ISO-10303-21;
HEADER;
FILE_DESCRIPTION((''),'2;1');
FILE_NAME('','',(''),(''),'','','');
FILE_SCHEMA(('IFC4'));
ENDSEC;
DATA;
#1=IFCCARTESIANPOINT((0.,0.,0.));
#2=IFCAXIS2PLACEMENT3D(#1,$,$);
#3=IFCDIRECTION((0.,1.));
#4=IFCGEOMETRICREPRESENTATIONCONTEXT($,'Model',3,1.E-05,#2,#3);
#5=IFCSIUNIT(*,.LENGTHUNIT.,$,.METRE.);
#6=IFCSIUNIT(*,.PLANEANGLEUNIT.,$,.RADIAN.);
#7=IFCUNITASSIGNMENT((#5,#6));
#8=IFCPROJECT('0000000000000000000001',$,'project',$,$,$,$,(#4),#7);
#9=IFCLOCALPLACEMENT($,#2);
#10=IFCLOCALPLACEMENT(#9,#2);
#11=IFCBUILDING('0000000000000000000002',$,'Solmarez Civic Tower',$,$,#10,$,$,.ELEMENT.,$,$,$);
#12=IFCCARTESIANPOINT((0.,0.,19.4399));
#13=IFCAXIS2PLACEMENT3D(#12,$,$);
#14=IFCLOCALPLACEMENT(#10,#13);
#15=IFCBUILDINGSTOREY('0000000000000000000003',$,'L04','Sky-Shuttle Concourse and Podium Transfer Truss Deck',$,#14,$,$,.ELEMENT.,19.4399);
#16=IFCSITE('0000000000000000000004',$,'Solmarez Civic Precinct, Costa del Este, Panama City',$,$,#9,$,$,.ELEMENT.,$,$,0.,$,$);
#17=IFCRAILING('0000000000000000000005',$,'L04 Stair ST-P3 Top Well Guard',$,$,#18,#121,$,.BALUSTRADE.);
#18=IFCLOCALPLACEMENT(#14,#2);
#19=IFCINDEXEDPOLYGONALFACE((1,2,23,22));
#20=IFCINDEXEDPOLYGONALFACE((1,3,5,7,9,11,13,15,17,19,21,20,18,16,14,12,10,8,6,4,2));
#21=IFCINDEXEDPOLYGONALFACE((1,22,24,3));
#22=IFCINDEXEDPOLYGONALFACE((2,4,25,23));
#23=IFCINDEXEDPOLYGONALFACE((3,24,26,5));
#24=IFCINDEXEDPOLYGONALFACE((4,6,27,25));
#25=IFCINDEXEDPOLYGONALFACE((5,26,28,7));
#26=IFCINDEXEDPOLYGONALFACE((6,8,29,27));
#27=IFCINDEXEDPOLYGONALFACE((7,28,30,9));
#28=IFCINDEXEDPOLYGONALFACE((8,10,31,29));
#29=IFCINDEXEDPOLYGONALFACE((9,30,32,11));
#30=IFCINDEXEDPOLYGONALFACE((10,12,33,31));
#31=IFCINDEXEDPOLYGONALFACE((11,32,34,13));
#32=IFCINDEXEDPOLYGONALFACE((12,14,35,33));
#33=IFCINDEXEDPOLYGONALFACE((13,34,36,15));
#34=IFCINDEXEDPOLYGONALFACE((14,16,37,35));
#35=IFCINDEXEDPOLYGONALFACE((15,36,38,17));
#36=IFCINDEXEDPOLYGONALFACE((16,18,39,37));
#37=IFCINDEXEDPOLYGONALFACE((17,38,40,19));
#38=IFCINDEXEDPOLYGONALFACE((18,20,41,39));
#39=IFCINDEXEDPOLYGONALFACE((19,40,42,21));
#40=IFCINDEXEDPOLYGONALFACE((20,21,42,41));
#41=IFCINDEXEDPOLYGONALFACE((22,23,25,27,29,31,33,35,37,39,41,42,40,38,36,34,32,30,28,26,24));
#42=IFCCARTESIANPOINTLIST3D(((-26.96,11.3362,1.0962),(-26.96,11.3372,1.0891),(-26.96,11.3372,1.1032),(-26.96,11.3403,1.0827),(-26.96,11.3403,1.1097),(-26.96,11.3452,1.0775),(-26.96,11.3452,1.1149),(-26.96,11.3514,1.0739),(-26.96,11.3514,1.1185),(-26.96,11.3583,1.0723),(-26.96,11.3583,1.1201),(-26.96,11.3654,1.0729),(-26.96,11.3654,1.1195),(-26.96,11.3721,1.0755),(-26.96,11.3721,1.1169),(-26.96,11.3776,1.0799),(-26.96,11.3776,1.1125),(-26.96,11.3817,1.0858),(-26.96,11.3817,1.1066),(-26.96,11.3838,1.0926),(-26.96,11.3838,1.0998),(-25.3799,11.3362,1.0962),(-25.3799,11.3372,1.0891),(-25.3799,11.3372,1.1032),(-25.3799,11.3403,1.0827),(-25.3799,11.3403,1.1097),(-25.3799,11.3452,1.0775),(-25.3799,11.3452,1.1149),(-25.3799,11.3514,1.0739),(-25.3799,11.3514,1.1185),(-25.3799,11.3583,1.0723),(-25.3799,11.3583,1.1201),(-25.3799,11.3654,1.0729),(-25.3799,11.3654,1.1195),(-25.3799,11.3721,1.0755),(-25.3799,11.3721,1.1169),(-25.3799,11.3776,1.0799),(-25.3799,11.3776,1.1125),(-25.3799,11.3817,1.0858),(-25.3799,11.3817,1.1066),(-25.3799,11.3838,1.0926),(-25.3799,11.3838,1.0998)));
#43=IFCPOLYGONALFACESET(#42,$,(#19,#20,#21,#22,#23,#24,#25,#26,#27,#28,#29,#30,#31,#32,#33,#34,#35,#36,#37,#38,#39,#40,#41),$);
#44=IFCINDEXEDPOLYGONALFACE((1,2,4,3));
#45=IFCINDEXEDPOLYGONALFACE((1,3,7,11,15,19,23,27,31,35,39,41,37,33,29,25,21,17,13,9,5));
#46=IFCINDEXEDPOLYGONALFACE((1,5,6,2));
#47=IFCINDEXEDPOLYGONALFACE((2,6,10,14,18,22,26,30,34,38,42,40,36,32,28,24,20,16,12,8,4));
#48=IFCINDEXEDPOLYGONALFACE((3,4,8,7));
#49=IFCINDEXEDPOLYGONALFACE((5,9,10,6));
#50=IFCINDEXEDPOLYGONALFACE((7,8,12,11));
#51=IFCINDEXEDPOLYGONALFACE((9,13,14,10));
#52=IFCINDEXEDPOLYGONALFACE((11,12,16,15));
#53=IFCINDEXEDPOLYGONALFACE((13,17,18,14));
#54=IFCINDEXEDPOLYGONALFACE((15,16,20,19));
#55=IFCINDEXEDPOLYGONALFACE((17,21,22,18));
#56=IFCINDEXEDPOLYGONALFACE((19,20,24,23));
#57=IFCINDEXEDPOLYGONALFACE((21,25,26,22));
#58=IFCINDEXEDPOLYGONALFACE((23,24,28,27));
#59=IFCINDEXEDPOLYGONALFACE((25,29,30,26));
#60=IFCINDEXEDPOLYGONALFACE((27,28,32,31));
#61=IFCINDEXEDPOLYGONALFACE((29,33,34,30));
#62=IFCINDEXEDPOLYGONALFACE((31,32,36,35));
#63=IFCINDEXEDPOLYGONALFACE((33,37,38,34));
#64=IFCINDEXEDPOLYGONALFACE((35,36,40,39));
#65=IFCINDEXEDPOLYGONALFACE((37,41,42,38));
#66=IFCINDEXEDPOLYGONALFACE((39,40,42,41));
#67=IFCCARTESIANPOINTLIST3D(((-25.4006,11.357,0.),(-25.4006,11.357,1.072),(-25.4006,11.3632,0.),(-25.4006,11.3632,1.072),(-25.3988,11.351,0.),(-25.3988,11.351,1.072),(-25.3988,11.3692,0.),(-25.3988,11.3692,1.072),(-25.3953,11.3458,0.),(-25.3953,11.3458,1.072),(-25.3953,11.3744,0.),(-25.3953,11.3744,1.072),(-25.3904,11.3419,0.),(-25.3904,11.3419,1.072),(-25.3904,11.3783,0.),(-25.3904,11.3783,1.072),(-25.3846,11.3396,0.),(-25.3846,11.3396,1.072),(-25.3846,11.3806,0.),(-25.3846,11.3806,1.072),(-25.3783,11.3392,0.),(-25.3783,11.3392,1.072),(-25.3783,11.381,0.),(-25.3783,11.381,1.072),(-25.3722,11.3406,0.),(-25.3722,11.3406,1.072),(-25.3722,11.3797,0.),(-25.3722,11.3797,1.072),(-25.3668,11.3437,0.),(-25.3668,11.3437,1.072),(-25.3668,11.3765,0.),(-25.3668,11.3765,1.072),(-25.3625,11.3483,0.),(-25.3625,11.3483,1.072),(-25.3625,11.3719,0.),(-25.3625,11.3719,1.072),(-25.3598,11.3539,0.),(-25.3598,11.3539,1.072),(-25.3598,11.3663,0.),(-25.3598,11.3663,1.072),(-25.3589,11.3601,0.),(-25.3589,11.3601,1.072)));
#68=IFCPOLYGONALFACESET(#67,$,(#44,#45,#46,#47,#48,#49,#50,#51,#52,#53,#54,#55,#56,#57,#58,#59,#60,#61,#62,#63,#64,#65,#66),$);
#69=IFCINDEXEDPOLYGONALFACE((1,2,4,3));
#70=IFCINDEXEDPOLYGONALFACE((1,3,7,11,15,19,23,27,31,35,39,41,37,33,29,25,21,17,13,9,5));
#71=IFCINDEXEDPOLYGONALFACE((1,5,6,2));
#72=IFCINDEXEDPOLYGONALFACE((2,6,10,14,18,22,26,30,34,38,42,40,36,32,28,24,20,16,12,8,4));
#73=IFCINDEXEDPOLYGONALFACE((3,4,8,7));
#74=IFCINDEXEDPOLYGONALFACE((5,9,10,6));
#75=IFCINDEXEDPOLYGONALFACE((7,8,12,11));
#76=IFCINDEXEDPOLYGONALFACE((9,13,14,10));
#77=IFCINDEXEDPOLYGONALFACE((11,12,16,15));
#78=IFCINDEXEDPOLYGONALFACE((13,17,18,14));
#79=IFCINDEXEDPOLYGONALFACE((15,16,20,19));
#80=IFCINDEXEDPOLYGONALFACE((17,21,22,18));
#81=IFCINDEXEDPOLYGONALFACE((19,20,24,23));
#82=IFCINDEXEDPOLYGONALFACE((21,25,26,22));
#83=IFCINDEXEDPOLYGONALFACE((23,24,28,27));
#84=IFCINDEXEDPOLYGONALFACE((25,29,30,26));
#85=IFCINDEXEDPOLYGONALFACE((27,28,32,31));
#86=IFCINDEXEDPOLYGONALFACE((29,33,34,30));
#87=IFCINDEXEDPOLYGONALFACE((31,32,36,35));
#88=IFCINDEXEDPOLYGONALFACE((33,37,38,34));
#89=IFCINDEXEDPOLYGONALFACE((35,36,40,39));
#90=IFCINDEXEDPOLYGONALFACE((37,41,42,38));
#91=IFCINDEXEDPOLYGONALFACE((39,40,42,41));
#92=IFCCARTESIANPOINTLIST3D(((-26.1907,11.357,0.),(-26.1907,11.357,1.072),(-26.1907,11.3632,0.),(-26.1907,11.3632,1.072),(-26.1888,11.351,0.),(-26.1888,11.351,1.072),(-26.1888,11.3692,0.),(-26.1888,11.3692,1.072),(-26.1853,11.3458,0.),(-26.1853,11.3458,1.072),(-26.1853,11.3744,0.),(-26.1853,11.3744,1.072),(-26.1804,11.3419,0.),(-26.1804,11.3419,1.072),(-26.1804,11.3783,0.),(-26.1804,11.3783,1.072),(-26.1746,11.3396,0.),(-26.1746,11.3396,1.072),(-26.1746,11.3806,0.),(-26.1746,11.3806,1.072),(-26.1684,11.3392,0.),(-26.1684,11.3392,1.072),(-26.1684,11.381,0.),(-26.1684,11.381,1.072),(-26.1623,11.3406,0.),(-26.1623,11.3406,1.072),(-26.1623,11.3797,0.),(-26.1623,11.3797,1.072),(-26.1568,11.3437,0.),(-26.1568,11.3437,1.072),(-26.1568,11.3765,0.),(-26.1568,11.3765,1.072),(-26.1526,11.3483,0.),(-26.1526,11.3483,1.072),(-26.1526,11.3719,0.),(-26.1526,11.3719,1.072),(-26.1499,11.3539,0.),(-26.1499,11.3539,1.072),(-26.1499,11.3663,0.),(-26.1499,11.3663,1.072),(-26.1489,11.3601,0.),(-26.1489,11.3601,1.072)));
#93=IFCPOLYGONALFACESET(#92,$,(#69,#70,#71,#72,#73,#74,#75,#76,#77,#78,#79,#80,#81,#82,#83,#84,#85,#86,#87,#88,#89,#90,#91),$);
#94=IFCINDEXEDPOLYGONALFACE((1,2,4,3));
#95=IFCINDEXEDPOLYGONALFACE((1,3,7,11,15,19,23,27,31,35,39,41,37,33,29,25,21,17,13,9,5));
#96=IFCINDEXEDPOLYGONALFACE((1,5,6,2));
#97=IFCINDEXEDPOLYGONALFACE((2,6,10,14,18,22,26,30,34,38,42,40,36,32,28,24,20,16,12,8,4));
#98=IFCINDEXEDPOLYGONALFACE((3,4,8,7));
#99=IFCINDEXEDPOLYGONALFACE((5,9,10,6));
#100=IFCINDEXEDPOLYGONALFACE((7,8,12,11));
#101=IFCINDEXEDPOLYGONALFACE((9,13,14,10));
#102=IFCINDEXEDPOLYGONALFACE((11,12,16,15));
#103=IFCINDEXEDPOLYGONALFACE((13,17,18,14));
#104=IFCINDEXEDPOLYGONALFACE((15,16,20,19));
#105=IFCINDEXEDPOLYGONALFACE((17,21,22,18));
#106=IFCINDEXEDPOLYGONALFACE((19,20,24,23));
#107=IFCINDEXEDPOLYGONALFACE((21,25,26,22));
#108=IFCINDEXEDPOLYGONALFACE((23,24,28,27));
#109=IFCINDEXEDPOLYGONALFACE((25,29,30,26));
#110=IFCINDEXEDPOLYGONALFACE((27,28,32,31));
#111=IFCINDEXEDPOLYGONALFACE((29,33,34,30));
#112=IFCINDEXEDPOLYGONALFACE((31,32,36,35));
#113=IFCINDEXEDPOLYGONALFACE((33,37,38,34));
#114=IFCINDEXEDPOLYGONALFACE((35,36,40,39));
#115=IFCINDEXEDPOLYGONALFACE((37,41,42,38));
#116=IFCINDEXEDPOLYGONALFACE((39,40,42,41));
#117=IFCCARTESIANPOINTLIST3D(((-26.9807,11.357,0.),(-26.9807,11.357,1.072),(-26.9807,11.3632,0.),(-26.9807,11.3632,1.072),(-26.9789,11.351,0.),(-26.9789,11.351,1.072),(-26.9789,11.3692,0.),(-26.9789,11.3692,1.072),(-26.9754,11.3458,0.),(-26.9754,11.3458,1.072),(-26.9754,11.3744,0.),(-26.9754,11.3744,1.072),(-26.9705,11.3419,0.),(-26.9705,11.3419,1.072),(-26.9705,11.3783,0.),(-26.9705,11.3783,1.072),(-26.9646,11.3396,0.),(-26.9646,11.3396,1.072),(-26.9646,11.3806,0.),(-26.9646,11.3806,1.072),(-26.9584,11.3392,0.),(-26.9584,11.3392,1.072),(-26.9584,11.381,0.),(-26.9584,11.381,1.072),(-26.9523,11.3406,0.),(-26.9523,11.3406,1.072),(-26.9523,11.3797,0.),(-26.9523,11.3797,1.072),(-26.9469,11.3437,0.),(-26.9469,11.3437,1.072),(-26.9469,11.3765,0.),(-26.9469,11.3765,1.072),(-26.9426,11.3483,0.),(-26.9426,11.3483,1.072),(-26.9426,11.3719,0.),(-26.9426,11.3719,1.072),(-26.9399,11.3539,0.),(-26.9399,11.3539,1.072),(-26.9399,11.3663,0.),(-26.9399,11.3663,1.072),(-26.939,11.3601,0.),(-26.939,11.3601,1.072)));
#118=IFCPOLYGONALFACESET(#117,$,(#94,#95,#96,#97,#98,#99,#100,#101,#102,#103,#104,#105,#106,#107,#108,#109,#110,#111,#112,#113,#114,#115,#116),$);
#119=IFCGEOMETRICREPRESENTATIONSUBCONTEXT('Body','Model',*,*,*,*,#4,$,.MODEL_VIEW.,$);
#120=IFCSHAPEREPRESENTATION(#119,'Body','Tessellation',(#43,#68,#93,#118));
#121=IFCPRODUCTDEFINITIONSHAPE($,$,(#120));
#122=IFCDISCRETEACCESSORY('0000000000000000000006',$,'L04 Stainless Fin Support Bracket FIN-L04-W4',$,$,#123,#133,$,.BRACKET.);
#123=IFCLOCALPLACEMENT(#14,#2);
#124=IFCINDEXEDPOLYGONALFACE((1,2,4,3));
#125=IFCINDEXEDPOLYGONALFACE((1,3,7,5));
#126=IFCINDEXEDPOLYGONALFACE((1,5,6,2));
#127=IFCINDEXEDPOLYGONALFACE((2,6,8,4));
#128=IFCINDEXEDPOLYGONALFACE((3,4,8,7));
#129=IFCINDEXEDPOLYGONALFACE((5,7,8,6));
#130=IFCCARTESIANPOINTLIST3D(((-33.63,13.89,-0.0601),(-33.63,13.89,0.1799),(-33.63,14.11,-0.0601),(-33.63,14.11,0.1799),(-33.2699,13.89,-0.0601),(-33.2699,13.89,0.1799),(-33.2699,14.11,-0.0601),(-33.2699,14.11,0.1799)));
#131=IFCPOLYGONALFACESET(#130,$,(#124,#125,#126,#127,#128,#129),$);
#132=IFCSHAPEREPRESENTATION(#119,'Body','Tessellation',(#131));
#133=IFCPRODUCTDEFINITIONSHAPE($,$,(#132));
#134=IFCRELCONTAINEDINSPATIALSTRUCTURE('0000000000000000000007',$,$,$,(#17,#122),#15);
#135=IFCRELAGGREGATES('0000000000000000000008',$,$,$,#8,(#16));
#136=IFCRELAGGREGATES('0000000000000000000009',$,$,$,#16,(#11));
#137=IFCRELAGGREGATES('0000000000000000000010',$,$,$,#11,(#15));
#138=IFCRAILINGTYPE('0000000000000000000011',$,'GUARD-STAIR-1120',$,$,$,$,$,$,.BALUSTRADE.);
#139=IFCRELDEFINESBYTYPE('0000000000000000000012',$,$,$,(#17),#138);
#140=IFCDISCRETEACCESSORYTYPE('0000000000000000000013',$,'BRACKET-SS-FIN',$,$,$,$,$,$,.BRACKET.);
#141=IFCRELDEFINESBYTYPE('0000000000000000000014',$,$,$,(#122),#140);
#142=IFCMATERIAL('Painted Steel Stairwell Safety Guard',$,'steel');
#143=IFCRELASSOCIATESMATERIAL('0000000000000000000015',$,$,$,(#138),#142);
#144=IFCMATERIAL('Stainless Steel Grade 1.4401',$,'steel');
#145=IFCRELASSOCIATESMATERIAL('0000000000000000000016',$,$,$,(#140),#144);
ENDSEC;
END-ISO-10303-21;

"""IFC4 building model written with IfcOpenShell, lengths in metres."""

from ifc_helpers import new_model, si_unit, direction, frame, origin, origin_2d, place, context, subcontext, project, spatial, rectangle, circle, extrude, material, type_object, element, save


model = new_model("IFC4")

# Units and contexts
model_context = context("Model", 3, precision=1e-05, world=origin(), true_north=direction((0.0, 1.0)))
body_context = subcontext(model_context, "Body", "Model", "MODEL_VIEW")
ifc_project = project(units=[si_unit("LENGTHUNIT", "METRE"), si_unit("PLANEANGLEUNIT", "RADIAN")], contexts=[model_context])

# Site, building, storey
site_placement = place(None, origin())
site = spatial("IfcSite", under=ifc_project, at=site_placement, Name="Solmarez Civic Precinct, Costa del Este, Panama City", CompositionType="ELEMENT", RefElevation=0.0)
building_placement = place(site_placement, origin())
building = spatial("IfcBuilding", under=site, at=building_placement, Name="Solmarez Civic Tower", CompositionType="ELEMENT")
storey_placement = place(building_placement, frame((0.0, 0.0, 19.4399)))
storey = spatial("IfcBuildingStorey", under=building, at=storey_placement, Name="L04", Description="Sky-Shuttle Concourse and Podium Transfer Truss Deck", CompositionType="ELEMENT", Elevation=19.4399)

# Railing
ifc_material_1 = material(Name="Painted Steel Stairwell Safety Guard", Category="steel")
railing_type = type_object("IfcRailingType", Name="GUARD-STAIR-1120", PredefinedType="BALUSTRADE", material=ifc_material_1)
railing_1_placement = place(storey_placement, frame((-25.3799, 11.3601, 0.0)))
element("IfcRailing", 1, at=railing_1_placement, inside=storey, type_object=railing_type, Name="L04 Stair ST-P3 Top Well Guard", PredefinedType="BALUSTRADE", context=body_context, shape_type="SweptSolid", body=[
    extrude(circle(Radius=0.0239, at=origin_2d()), frame((0.0, 0.0, 1.0962), z_axis=(-1.0, 0.0, 0.0), x_axis=(0.0, -1.0, 0.0)), (0.0, 0.0, 1.0), 1.5801),
    extrude(circle(Radius=0.021, at=origin_2d()), origin(), (0.0, 0.0, 1.0), 1.072),
    extrude(circle(Radius=0.021, at=origin_2d()), frame((-0.79, 0.0, 0.0)), (0.0, 0.0, 1.0), 1.072),
    extrude(circle(Radius=0.021, at=origin_2d()), frame((-1.5801, 0.0, 0.0)), (0.0, 0.0, 1.0), 1.072),
])

# Discrete accessory
ifc_material_2 = material(Name="Stainless Steel Grade 1.4401", Category="steel")
discrete_accessory_type = type_object("IfcDiscreteAccessoryType", Name="BRACKET-SS-FIN", PredefinedType="BRACKET", material=ifc_material_2)
discrete_accessory_placement = place(storey_placement, frame((-33.45, 14.0, -0.0601), z_axis=(0.0, 0.0, 1.0), x_axis=(-1.0, 0.0, 0.0)))
element("IfcDiscreteAccessory", 2, at=discrete_accessory_placement, inside=storey, type_object=discrete_accessory_type, Name="L04 Stainless Fin Support Bracket FIN-L04-W4", PredefinedType="BRACKET", context=body_context, shape_type="SweptSolid", body=[
    extrude(rectangle(XDim=0.3601, YDim=0.22, at=origin_2d()), origin(), (0.0, 0.0, 1.0), 0.24),
])

save(model, "model.ifc")
